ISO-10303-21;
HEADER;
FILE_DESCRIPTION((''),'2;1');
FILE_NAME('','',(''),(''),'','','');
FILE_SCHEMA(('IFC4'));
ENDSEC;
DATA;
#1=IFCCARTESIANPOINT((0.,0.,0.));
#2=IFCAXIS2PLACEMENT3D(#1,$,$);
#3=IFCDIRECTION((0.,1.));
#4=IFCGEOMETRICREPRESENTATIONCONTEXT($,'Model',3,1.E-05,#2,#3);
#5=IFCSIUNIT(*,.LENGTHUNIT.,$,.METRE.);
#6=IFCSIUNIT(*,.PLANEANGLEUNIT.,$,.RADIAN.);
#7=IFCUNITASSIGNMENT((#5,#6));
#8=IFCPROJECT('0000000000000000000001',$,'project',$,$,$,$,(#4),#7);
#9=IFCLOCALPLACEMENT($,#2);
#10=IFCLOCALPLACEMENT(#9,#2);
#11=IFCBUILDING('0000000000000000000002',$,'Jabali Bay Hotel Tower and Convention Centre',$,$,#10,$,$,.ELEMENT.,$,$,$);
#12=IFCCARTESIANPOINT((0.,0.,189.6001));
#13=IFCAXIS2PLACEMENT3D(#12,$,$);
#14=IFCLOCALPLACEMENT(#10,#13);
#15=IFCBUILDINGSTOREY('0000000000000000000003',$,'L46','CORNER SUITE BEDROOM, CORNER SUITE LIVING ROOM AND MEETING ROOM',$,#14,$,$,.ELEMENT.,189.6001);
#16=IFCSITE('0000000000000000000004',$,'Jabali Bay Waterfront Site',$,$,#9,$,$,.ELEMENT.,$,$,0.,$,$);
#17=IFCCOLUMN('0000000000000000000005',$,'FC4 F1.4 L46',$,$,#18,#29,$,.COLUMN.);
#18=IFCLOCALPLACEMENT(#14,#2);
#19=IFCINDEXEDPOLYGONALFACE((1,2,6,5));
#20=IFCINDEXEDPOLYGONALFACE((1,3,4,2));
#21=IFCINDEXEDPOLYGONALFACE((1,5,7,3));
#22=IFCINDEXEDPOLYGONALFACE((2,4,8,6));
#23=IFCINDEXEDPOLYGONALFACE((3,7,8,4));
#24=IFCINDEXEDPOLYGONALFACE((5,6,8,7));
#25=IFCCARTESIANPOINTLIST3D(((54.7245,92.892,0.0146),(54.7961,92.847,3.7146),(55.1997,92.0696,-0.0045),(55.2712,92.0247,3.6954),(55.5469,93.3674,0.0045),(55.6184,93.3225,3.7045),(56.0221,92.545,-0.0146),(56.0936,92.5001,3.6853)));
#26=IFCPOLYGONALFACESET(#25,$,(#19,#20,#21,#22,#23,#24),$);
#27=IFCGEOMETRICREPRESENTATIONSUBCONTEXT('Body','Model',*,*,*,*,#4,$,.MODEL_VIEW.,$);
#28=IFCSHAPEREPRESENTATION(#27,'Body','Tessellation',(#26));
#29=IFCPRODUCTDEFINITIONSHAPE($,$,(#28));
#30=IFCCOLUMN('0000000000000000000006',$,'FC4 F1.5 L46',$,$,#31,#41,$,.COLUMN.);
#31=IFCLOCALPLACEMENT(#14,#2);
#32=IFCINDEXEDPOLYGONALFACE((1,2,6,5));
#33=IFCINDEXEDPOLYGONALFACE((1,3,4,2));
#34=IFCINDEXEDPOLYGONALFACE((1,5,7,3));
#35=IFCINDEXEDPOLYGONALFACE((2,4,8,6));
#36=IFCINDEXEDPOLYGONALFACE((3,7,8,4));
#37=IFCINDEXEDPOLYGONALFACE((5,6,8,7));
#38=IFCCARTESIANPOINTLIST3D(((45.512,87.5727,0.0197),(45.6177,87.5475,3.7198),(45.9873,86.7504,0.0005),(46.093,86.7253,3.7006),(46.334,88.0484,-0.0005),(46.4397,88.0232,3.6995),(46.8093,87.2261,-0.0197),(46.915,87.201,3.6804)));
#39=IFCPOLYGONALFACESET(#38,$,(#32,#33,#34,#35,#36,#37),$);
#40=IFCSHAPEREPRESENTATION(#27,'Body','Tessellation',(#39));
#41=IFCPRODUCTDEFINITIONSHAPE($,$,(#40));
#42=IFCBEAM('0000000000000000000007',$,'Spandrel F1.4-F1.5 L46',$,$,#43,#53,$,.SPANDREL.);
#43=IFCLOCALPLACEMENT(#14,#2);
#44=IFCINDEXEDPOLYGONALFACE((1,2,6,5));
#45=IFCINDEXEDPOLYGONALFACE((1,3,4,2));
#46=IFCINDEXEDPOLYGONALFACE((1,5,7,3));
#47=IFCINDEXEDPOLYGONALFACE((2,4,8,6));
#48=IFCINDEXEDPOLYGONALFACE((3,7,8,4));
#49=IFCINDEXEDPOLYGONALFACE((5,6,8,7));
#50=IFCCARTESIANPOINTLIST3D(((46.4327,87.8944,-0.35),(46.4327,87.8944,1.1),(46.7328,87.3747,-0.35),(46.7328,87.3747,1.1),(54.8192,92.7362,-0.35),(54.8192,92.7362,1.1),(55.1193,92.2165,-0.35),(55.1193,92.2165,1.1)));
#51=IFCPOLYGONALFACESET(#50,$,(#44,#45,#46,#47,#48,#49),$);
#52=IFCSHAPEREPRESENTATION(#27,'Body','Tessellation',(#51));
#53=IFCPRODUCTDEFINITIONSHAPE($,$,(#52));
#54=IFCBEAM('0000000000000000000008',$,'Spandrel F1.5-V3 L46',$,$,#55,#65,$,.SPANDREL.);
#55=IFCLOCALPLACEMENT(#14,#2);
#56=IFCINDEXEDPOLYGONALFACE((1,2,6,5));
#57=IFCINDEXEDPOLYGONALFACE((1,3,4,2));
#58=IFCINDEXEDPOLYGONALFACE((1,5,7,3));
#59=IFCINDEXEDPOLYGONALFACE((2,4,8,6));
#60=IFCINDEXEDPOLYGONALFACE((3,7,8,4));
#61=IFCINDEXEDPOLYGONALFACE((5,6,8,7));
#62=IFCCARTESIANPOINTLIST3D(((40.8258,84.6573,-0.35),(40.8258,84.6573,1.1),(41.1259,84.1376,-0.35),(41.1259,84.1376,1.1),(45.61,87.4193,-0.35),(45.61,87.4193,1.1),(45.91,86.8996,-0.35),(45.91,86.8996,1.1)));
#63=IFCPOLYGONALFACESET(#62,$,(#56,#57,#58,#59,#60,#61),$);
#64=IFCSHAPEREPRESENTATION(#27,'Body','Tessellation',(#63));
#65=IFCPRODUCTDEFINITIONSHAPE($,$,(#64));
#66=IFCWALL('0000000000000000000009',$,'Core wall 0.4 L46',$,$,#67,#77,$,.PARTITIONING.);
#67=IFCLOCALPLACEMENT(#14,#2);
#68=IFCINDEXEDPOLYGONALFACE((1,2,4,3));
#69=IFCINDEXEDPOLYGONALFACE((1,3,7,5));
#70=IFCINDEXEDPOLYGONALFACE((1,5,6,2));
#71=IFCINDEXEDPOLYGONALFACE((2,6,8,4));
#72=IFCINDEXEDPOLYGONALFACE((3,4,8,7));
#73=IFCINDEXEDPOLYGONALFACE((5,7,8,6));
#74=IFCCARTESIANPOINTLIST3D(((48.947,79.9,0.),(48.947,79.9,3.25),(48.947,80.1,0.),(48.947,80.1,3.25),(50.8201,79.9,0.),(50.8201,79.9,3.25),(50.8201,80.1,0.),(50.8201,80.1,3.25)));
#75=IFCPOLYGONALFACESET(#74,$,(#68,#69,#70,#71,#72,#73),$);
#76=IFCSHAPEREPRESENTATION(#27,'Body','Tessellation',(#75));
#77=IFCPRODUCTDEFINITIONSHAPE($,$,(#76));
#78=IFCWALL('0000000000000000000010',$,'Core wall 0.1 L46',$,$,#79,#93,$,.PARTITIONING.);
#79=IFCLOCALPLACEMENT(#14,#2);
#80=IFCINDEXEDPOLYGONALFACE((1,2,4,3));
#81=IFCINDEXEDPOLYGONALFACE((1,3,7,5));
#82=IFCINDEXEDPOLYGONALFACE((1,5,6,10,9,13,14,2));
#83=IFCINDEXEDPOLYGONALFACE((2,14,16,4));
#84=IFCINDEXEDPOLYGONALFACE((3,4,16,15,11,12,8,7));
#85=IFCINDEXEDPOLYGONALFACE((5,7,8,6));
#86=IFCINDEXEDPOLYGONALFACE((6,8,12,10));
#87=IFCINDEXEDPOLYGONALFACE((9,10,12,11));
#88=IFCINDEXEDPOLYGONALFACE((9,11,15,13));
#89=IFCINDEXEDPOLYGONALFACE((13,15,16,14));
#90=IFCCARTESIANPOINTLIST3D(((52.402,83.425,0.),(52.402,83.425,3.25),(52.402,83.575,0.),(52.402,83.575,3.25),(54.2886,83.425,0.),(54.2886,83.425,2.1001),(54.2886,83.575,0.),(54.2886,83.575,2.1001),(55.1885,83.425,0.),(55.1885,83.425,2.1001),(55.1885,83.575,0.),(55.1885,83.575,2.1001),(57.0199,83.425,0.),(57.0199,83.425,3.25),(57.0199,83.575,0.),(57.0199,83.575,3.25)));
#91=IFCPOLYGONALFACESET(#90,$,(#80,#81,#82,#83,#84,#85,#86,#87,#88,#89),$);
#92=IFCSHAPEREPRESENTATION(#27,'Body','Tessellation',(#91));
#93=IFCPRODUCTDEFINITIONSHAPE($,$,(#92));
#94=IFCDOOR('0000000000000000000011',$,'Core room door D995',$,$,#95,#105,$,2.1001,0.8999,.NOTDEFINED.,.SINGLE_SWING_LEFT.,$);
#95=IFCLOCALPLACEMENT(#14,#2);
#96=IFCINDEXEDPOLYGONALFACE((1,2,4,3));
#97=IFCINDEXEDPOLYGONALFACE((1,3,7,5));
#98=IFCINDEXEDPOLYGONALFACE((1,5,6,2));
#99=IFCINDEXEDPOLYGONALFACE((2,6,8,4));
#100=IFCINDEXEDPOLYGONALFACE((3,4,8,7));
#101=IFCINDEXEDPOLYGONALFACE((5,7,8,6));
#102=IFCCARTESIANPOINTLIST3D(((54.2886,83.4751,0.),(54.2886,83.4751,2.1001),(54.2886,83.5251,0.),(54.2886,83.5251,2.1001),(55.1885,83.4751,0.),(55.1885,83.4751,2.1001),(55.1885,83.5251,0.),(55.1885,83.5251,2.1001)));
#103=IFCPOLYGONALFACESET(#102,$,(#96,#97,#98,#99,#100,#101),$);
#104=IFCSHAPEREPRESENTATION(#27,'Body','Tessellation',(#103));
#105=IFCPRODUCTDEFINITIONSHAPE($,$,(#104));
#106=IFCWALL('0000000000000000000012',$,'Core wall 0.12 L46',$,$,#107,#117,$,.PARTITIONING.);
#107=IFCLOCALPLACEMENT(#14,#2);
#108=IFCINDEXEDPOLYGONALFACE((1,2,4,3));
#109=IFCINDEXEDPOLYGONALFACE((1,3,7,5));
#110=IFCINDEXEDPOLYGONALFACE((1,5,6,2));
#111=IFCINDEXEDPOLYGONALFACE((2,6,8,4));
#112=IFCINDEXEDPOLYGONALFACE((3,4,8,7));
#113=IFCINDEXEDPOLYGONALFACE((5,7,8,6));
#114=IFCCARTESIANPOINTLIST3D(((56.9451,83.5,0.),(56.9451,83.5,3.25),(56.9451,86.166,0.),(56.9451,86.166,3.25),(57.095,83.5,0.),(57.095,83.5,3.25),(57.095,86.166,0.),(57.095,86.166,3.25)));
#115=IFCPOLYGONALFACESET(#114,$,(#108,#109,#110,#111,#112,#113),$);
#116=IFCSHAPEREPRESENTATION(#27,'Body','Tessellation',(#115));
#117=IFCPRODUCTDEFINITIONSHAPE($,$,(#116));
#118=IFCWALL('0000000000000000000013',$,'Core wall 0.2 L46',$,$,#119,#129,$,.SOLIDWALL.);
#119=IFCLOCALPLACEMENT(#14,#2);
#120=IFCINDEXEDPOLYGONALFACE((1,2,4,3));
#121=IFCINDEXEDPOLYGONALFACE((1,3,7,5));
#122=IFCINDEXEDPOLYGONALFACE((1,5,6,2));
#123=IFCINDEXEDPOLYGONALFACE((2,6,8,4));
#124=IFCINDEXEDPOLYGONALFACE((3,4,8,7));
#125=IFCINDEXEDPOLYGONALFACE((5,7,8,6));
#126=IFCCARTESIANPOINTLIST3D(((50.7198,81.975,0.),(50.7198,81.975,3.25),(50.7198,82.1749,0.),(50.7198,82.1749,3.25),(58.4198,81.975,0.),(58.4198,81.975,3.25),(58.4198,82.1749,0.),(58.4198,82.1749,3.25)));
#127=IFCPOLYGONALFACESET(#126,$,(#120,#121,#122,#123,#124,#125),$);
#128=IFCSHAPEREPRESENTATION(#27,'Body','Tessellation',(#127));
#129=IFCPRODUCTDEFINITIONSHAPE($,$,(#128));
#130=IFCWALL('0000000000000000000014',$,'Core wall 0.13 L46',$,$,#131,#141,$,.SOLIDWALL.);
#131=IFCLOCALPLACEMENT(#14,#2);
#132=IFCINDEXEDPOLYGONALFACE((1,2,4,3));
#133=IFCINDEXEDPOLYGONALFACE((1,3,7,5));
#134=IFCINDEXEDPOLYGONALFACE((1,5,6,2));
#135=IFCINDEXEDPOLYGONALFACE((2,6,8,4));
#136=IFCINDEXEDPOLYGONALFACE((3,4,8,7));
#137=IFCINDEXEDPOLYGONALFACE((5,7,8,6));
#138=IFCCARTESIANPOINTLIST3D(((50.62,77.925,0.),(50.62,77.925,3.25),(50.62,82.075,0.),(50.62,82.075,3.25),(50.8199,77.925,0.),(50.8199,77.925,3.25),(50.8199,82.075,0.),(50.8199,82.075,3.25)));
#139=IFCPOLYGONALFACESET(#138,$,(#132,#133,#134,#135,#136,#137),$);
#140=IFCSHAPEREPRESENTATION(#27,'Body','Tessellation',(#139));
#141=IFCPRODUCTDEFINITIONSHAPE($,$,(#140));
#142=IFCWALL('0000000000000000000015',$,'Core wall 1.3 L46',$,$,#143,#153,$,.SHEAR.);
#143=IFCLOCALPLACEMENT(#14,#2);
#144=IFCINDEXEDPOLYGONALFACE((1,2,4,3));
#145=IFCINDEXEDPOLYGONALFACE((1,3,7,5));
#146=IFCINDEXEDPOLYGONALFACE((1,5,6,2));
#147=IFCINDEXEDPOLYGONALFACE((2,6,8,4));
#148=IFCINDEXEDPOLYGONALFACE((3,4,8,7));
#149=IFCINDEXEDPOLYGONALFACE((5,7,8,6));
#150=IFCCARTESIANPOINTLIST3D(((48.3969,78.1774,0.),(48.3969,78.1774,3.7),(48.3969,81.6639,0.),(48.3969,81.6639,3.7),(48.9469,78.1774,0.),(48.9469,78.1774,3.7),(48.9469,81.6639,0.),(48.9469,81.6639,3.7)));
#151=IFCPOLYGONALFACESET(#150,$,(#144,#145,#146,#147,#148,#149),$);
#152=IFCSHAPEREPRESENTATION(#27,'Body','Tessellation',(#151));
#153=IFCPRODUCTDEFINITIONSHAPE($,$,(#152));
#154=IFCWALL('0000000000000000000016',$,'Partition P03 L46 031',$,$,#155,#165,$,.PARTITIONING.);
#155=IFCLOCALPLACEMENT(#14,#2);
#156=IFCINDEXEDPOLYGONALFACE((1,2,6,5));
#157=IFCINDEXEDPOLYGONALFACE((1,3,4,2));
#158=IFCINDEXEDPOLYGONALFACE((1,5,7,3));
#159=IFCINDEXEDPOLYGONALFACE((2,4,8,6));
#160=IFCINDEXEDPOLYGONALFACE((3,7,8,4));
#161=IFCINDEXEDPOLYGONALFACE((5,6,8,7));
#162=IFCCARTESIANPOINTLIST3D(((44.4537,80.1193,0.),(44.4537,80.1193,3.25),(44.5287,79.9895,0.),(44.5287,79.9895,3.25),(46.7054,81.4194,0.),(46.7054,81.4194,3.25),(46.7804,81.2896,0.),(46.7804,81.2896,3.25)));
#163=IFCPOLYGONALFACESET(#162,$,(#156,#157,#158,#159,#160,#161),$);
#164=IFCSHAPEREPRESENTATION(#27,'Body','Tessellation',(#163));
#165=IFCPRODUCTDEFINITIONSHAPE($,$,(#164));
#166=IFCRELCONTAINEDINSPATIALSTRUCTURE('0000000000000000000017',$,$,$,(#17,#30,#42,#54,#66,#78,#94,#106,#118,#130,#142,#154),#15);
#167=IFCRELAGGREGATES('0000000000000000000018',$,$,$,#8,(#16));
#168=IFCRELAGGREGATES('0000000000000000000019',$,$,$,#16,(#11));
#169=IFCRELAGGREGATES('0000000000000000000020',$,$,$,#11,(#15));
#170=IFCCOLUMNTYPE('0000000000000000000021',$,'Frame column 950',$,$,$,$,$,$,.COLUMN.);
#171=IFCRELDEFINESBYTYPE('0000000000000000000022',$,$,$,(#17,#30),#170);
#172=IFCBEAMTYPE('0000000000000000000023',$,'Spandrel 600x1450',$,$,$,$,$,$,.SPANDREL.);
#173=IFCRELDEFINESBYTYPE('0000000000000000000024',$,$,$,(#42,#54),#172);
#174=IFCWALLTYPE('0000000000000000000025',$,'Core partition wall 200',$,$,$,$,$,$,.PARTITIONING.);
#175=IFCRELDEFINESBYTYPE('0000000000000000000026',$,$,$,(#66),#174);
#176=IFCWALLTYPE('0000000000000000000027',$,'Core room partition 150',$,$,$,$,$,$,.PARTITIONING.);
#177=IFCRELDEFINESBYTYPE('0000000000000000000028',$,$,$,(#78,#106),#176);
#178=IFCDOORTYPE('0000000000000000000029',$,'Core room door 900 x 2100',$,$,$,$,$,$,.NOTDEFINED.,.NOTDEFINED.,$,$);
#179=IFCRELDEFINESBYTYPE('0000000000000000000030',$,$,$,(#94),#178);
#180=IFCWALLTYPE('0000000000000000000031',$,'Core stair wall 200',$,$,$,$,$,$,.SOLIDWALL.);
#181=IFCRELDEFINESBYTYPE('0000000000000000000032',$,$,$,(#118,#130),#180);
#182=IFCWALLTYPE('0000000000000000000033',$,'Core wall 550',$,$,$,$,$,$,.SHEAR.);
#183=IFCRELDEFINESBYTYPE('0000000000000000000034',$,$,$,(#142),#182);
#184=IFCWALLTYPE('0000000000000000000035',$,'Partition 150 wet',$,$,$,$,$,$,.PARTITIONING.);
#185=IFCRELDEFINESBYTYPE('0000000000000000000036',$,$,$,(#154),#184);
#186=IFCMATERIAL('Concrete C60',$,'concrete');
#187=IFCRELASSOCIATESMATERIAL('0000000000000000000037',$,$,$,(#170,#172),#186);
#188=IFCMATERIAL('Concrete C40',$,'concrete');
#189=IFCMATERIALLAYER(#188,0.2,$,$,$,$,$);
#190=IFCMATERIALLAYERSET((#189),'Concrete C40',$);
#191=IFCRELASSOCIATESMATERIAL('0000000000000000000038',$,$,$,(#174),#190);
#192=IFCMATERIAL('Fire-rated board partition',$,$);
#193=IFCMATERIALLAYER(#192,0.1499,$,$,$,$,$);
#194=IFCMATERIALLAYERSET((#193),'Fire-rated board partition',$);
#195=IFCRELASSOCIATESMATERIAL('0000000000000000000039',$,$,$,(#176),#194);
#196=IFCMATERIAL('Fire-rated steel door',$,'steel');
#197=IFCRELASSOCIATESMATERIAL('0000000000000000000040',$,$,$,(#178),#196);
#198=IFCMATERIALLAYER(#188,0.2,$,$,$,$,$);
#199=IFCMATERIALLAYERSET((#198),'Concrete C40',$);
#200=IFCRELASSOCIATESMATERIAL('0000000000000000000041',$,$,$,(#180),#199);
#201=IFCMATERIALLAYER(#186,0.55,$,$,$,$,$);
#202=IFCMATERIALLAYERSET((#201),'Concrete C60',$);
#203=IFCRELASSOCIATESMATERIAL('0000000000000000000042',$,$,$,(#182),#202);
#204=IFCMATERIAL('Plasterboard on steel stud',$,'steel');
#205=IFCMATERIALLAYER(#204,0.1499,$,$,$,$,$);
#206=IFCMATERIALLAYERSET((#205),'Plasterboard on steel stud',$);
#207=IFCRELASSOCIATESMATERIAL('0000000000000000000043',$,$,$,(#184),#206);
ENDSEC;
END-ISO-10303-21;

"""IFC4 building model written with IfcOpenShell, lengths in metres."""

from ifc_helpers import new_model, si_unit, direction, frame, frame_2d, origin, origin_2d, place, context, subcontext, project, spatial, rectangle, extrude, material, layer, layer_set, material_profile, profile_set, type_object, element, fill, save


model = new_model("IFC4")

# Units and contexts
model_context = context("Model", 3, precision=1e-05, world=origin(), true_north=direction((0.0, 1.0)))
body_context = subcontext(model_context, "Body", "Model", "MODEL_VIEW")
ifc_project = project(units=[si_unit("LENGTHUNIT", "METRE"), si_unit("PLANEANGLEUNIT", "RADIAN")], contexts=[model_context])

# Site, building, storey
site_placement = place(None, origin())
site = spatial("IfcSite", under=ifc_project, at=site_placement, Name="Jabali Bay Waterfront Site", CompositionType="ELEMENT", RefElevation=0.0)
building_placement = place(site_placement, origin())
building = spatial("IfcBuilding", under=site, at=building_placement, Name="Jabali Bay Hotel Tower and Convention Centre", CompositionType="ELEMENT")
storey_placement = place(building_placement, frame((0.0, 0.0, 189.6001)))
storey = spatial("IfcBuildingStorey", under=building, at=storey_placement, Name="L46", Description="CORNER SUITE BEDROOM, CORNER SUITE LIVING ROOM AND MEETING ROOM", CompositionType="ELEMENT", Elevation=189.6001)

# Columns
ifc_material_1 = material(Name="Concrete C60", Category="concrete")
ifc_material_profile_1 = material_profile(ifc_material_1, rectangle(XDim=0.95, YDim=0.95, at=origin_2d()), Name="Frame column 950")
ifc_profile_set_1 = profile_set([ifc_material_profile_1], Name="Concrete C60")
column_type = type_object("IfcColumnType", Name="Frame column 950", PredefinedType="COLUMN", material=ifc_profile_set_1)
column_1_placement = place(storey_placement, frame((55.3733, 92.7185, 0.0), z_axis=(0.019329, -0.012138, 0.99974), x_axis=(-0.500206, 0.865671, 0.020181)))
element("IfcColumn", 1, at=column_1_placement, inside=storey, type_object=column_type, Name="FC4 F1.4 L46", PredefinedType="COLUMN", context=body_context, shape_type="SweptSolid", body=[
    extrude(rectangle(XDim=0.95, YDim=0.95, at=origin_2d()), origin(), (0.0, 0.0, 1.0), 3.7009),
])
column_2_placement = place(storey_placement, frame((46.1606, 87.3994, 0.0), z_axis=(0.028559, -0.006794, 0.999569), x_axis=(-0.500408, 0.865555, 0.02018)))
element("IfcColumn", 2, at=column_2_placement, inside=storey, type_object=column_type, Name="FC4 F1.5 L46", PredefinedType="COLUMN", context=body_context, shape_type="SweptSolid", body=[
    extrude(rectangle(XDim=0.95, YDim=0.95, at=origin_2d()), origin(), (0.0, 0.0, 1.0), 3.7017),
])

# Beams
ifc_material_profile_2 = material_profile(ifc_material_1, rectangle(XDim=0.6001, YDim=1.45, at=origin_2d()), Name="Spandrel 600x1450")
ifc_profile_set_2 = profile_set([ifc_material_profile_2], Name="Concrete C60")
beam_type = type_object("IfcBeamType", Name="Spandrel 600x1450", PredefinedType="SPANDREL", material=ifc_profile_set_2)
beam_1_placement = place(storey_placement, frame((54.9692, 92.4763, 0.375), z_axis=(-0.866032, -0.499989, 0.0), x_axis=(0.499989, -0.866032, 0.0)))
element("IfcBeam", 3, at=beam_1_placement, inside=storey, type_object=beam_type, Name="Spandrel F1.4-F1.5 L46", PredefinedType="SPANDREL", context=body_context, shape_type="SweptSolid", body=[
    extrude(rectangle(XDim=0.6001, YDim=1.45, at=origin_2d()), origin(), (0.0, 0.0, 1.0), 9.6838),
])
beam_2_placement = place(storey_placement, frame((45.76, 87.1594, 0.375), z_axis=(-0.86604, -0.499975, 0.0), x_axis=(0.499975, -0.86604, 0.0)))
element("IfcBeam", 4, at=beam_2_placement, inside=storey, type_object=beam_type, Name="Spandrel F1.5-V3 L46", PredefinedType="SPANDREL", context=body_context, shape_type="SweptSolid", body=[
    extrude(rectangle(XDim=0.6001, YDim=1.45, at=origin_2d()), origin(), (0.0, 0.0, 1.0), 5.5242),
])

# Wall
ifc_material_2 = material(Name="Concrete C40", Category="concrete")
ifc_layer_1 = layer(ifc_material_2, 0.2)
ifc_layer_set_1 = layer_set([ifc_layer_1], Name="Concrete C40")
wall_type_1 = type_object("IfcWallType", Name="Core partition wall 200", PredefinedType="PARTITIONING", material=ifc_layer_set_1)
wall_1_placement = place(storey_placement, frame((50.8201, 80.0, 0.0), z_axis=(0.0, 0.0, 1.0), x_axis=(-1.0, 0.0, 0.0)))
element("IfcWall", 5, at=wall_1_placement, inside=storey, type_object=wall_type_1, Name="Core wall 0.4 L46", PredefinedType="PARTITIONING", context=body_context, shape_type="SweptSolid", body=[
    extrude(rectangle(XDim=1.873, YDim=0.2, at=frame_2d((0.9365, 0.0))), origin(), (0.0, 0.0, 1.0), 3.25),
])

# Wall, opening, door
ifc_material_3 = material(Name="Fire-rated board partition")
ifc_layer_2 = layer(ifc_material_3, 0.1499)
ifc_layer_set_2 = layer_set([ifc_layer_2], Name="Fire-rated board partition")
wall_type_2 = type_object("IfcWallType", Name="Core room partition 150", PredefinedType="PARTITIONING", material=ifc_layer_set_2)
wall_2_placement = place(storey_placement, frame((57.02, 83.5, 0.0), z_axis=(0.0, 0.0, 1.0), x_axis=(-1.0, 0.0, 0.0)))
wall_2 = element("IfcWall", 6, at=wall_2_placement, inside=storey, type_object=wall_type_2, Name="Core wall 0.1 L46", PredefinedType="PARTITIONING", context=body_context, shape_type="SweptSolid", body=[
    extrude(rectangle(XDim=4.6179, YDim=0.1499, at=frame_2d((2.3091, 0.0))), origin(), (0.0, 0.0, 1.0), 3.25),
])
opening_placement = place(wall_2_placement, frame((1.8315, 0.0, 0.0)))
opening = element("IfcOpeningElement", 7, at=opening_placement, cuts=wall_2, PredefinedType="OPENING", context=body_context, shape_type="SweptSolid", body=[
    extrude(rectangle(XDim=0.8999, YDim=2.1001, at=frame_2d((0.45, 1.05))), frame((0.0, 0.0854, 0.0), z_axis=(0.0, -1.0, 0.0), x_axis=(1.0, 0.0, 0.0)), (0.0, 0.0, 1.0), 0.1709),
])
ifc_material_4 = material(Name="Fire-rated steel door", Category="steel")
door_type = type_object("IfcDoorType", Name="Core room door 900 x 2100", OperationType="NOTDEFINED", PredefinedType="NOTDEFINED", material=ifc_material_4)
door_placement = place(opening_placement, origin())
door = element("IfcDoor", 8, at=door_placement, inside=storey, type_object=door_type, Name="Core room door D995", OperationType="SINGLE_SWING_LEFT", OverallHeight=2.1001, OverallWidth=0.8999, PredefinedType="NOTDEFINED", context=body_context, shape_type="SweptSolid", body=[
    extrude(rectangle(XDim=0.8999, YDim=2.1001, at=frame_2d((0.45, 1.05))), frame((0.0, 0.0249, 0.0), z_axis=(0.0, -1.0, 0.0), x_axis=(1.0, 0.0, 0.0)), (0.0, 0.0, 1.0), 0.05),
])
fill(opening, door)

# Walls
wall_3_placement = place(storey_placement, frame((57.02, 86.166, 0.0), z_axis=(0.0, 0.0, 1.0), x_axis=(0.0, -1.0, 0.0)))
element("IfcWall", 9, at=wall_3_placement, inside=storey, type_object=wall_type_2, Name="Core wall 0.12 L46", PredefinedType="PARTITIONING", context=body_context, shape_type="SweptSolid", body=[
    extrude(rectangle(XDim=2.666, YDim=0.1499, at=frame_2d((1.333, 0.0))), origin(), (0.0, 0.0, 1.0), 3.25),
])
ifc_layer_3 = layer(ifc_material_2, 0.2)
ifc_layer_set_3 = layer_set([ifc_layer_3], Name="Concrete C40")
wall_type_3 = type_object("IfcWallType", Name="Core stair wall 200", PredefinedType="SOLIDWALL", material=ifc_layer_set_3)
wall_4_placement = place(storey_placement, frame((58.4199, 82.075, 0.0), z_axis=(0.0, 0.0, 1.0), x_axis=(-1.0, 0.0, 0.0)))
element("IfcWall", 10, at=wall_4_placement, inside=storey, type_object=wall_type_3, Name="Core wall 0.2 L46", PredefinedType="SOLIDWALL", context=body_context, shape_type="SweptSolid", body=[
    extrude(rectangle(XDim=7.7, YDim=0.2, at=frame_2d((3.8501, 0.0))), origin(), (0.0, 0.0, 1.0), 3.25),
])
wall_5_placement = place(storey_placement, frame((50.72, 82.075, 0.0), z_axis=(0.0, 0.0, 1.0), x_axis=(0.0, -1.0, 0.0)))
element("IfcWall", 11, at=wall_5_placement, inside=storey, type_object=wall_type_3, Name="Core wall 0.13 L46", PredefinedType="SOLIDWALL", context=body_context, shape_type="SweptSolid", body=[
    extrude(rectangle(XDim=4.1499, YDim=0.2, at=frame_2d((2.075, 0.0))), origin(), (0.0, 0.0, 1.0), 3.25),
])
ifc_layer_4 = layer(ifc_material_1, 0.55)
ifc_layer_set_4 = layer_set([ifc_layer_4], Name="Concrete C60")
wall_type_4 = type_object("IfcWallType", Name="Core wall 550", PredefinedType="SHEAR", material=ifc_layer_set_4)
wall_6_placement = place(storey_placement, frame((48.6719, 81.6638, 0.0), z_axis=(0.0, 0.0, 1.0), x_axis=(0.0, -1.0, 0.0)))
element("IfcWall", 12, at=wall_6_placement, inside=storey, type_object=wall_type_4, Name="Core wall 1.3 L46", PredefinedType="SHEAR", context=body_context, shape_type="SweptSolid", body=[
    extrude(rectangle(XDim=3.4866, YDim=0.55, at=frame_2d((1.7432, 0.0))), origin(), (0.0, 0.0, 1.0), 3.7),
])
ifc_material_5 = material(Name="Plasterboard on steel stud", Category="steel")
ifc_layer_5 = layer(ifc_material_5, 0.1499)
ifc_layer_set_5 = layer_set([ifc_layer_5], Name="Plasterboard on steel stud")
wall_type_5 = type_object("IfcWallType", Name="Partition 150 wet", PredefinedType="PARTITIONING", material=ifc_layer_set_5)
wall_7_placement = place(storey_placement, frame((46.7429, 81.3545, 0.0), z_axis=(0.0, 0.0, 1.0), x_axis=(-0.866021, -0.500007, 0.0)))
element("IfcWall", 13, at=wall_7_placement, inside=storey, type_object=wall_type_5, Name="Partition P03 L46 031", PredefinedType="PARTITIONING", context=body_context, shape_type="SweptSolid", body=[
    extrude(rectangle(XDim=2.6001, YDim=0.1499, at=frame_2d((1.3, 0.0))), origin(), (0.0, 0.0, 1.0), 3.25),
])

save(model, "model.ifc")
